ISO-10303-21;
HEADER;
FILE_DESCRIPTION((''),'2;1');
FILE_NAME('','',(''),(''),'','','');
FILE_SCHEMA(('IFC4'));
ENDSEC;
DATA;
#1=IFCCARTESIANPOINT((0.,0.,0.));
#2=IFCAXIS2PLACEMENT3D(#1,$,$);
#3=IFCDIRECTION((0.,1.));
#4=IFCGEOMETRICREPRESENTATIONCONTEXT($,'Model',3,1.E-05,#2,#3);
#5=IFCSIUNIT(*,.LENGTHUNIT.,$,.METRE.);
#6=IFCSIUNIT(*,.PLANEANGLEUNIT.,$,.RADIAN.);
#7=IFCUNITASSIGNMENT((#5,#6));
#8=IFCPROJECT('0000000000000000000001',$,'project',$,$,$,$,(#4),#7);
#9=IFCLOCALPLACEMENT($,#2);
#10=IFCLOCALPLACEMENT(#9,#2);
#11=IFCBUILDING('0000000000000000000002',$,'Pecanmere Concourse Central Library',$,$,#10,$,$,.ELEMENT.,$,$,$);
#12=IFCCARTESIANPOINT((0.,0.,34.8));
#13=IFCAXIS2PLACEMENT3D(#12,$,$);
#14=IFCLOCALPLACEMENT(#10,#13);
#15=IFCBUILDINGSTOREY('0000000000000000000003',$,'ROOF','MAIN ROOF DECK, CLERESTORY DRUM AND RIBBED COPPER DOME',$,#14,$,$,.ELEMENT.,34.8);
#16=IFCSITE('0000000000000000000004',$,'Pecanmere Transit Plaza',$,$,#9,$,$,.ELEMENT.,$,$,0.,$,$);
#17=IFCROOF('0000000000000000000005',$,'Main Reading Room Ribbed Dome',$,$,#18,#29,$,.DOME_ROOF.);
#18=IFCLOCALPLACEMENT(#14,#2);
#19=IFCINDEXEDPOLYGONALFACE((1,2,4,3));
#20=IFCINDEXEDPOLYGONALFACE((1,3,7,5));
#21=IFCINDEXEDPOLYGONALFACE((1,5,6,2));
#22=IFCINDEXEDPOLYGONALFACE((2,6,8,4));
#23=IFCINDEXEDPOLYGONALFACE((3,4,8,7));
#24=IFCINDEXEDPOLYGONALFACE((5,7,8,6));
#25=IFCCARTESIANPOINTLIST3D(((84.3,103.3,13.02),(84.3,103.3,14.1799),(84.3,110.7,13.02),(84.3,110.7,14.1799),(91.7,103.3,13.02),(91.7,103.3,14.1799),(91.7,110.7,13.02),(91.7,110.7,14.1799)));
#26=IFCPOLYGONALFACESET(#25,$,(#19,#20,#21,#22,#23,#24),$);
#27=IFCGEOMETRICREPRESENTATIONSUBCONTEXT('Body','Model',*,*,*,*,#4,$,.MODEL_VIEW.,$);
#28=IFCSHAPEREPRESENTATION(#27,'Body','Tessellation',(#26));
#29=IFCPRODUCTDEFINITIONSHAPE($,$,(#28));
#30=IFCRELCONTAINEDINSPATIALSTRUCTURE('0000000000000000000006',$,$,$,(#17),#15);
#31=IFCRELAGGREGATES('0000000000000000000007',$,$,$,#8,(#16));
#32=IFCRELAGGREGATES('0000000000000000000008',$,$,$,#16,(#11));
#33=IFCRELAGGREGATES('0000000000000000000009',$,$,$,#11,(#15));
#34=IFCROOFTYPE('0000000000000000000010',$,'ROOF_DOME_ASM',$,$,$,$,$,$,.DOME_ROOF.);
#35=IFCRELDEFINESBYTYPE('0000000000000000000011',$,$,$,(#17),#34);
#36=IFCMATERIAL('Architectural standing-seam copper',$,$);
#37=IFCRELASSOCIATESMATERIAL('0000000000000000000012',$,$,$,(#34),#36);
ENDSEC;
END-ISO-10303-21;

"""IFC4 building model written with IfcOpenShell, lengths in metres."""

from ifc_helpers import new_model, si_unit, direction, frame, origin, origin_2d, place, context, subcontext, project, spatial, rectangle, extrude, material, type_object, element, save


model = new_model("IFC4")

# Units and contexts
model_context = context("Model", 3, precision=1e-05, world=origin(), true_north=direction((0.0, 1.0)))
body_context = subcontext(model_context, "Body", "Model", "MODEL_VIEW")
ifc_project = project(units=[si_unit("LENGTHUNIT", "METRE"), si_unit("PLANEANGLEUNIT", "RADIAN")], contexts=[model_context])

# Site, building, storey
site_placement = place(None, origin())
site = spatial("IfcSite", under=ifc_project, at=site_placement, Name="Pecanmere Transit Plaza", CompositionType="ELEMENT", RefElevation=0.0)
building_placement = place(site_placement, origin())
building = spatial("IfcBuilding", under=site, at=building_placement, Name="Pecanmere Concourse Central Library", CompositionType="ELEMENT")
storey_placement = place(building_placement, frame((0.0, 0.0, 34.8)))
storey = spatial("IfcBuildingStorey", under=building, at=storey_placement, Name="ROOF", Description="MAIN ROOF DECK, CLERESTORY DRUM AND RIBBED COPPER DOME", CompositionType="ELEMENT", Elevation=34.8)

# Roof
ifc_material_1 = material(Name="Architectural standing-seam copper")
roof_type = type_object("IfcRoofType", Name="ROOF_DOME_ASM", PredefinedType="DOME_ROOF", material=ifc_material_1)
roof_placement = place(storey_placement, frame((88.0, 107.0, 13.02), z_axis=(0.0, 0.0, 1.0), x_axis=(1.0, 0.0, 0.0)))
element("IfcRoof", 1, at=roof_placement, inside=storey, type_object=roof_type, Name="Main Reading Room Ribbed Dome", PredefinedType="DOME_ROOF", context=body_context, shape_type="SweptSolid", body=[
    extrude(rectangle(XDim=7.3999, YDim=7.3999, at=origin_2d()), origin(), (0.0, 0.0, 1.0), 1.1599),
])

save(model, "model.ifc")
